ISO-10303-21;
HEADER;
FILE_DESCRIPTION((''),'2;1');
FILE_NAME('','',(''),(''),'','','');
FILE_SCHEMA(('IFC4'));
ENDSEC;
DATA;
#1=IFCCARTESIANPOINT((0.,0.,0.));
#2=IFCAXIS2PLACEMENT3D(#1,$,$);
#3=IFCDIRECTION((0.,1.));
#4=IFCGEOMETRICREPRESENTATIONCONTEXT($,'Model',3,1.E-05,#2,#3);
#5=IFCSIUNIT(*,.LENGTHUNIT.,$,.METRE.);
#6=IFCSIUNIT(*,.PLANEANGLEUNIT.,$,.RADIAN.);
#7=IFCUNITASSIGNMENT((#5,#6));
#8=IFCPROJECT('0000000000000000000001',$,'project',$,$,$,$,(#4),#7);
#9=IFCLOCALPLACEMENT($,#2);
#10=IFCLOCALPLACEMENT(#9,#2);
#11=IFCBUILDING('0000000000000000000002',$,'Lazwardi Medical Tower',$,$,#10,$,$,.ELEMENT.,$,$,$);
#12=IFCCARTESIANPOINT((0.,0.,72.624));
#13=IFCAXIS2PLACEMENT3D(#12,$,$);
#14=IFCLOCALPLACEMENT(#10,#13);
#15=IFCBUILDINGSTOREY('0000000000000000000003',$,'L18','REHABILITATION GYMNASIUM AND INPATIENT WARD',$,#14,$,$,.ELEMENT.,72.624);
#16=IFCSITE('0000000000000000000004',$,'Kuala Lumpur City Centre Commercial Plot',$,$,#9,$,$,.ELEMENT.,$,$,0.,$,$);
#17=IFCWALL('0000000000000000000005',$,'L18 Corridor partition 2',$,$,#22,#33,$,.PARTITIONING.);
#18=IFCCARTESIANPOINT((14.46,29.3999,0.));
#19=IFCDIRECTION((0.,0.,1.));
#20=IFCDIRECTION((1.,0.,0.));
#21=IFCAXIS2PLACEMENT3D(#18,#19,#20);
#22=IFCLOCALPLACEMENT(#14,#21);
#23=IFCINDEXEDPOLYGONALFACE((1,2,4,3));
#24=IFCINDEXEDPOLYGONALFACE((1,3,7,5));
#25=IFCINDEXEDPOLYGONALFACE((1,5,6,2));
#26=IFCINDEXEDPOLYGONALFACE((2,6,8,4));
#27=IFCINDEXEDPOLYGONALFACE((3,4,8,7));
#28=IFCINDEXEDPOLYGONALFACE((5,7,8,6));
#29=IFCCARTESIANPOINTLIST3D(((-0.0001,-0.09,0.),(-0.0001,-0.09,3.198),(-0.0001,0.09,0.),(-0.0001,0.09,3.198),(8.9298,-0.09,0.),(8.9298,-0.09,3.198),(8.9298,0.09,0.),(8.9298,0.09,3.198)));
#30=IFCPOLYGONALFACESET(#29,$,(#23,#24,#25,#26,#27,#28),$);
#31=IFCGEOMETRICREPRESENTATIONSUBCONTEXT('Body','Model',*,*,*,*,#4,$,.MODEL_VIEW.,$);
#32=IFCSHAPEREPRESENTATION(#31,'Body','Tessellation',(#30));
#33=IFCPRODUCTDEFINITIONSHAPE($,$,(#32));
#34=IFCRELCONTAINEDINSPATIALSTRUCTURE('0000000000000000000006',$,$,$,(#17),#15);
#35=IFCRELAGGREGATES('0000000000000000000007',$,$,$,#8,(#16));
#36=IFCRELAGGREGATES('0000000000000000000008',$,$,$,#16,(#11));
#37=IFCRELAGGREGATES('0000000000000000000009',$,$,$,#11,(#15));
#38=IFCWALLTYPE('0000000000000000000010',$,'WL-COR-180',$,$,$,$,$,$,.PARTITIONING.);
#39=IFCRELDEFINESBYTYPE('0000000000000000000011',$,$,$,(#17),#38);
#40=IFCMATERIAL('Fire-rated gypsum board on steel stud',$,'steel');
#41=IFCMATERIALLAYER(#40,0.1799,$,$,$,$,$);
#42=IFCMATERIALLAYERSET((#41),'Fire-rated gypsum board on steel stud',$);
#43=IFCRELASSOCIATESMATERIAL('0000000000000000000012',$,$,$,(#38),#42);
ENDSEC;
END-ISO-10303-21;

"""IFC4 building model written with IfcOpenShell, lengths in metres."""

from ifc_helpers import new_model, si_unit, direction, frame, frame_2d, origin, place, context, subcontext, project, spatial, rectangle, extrude, material, layer, layer_set, type_object, element, save


model = new_model("IFC4")

# Units and contexts
model_context = context("Model", 3, precision=1e-05, world=origin(), true_north=direction((0.0, 1.0)))
body_context = subcontext(model_context, "Body", "Model", "MODEL_VIEW")
ifc_project = project(units=[si_unit("LENGTHUNIT", "METRE"), si_unit("PLANEANGLEUNIT", "RADIAN")], contexts=[model_context])

# Site, building, storey
site_placement = place(None, origin())
site = spatial("IfcSite", under=ifc_project, at=site_placement, Name="Kuala Lumpur City Centre Commercial Plot", CompositionType="ELEMENT", RefElevation=0.0)
building_placement = place(site_placement, origin())
building = spatial("IfcBuilding", under=site, at=building_placement, Name="Lazwardi Medical Tower", CompositionType="ELEMENT")
storey_placement = place(building_placement, frame((0.0, 0.0, 72.624)))
storey = spatial("IfcBuildingStorey", under=building, at=storey_placement, Name="L18", Description="REHABILITATION GYMNASIUM AND INPATIENT WARD", CompositionType="ELEMENT", Elevation=72.624)

# Wall
ifc_material_1 = material(Name="Fire-rated gypsum board on steel stud", Category="steel")
ifc_layer_1 = layer(ifc_material_1, 0.1799)
ifc_layer_set_1 = layer_set([ifc_layer_1], Name="Fire-rated gypsum board on steel stud")
wall_type_1 = type_object("IfcWallType", Name="WL-COR-180", PredefinedType="PARTITIONING", material=ifc_layer_set_1)
wall_1_placement = place(storey_placement, frame((14.46, 29.3999, 0.0), z_axis=(0.0, 0.0, 1.0), x_axis=(1.0, 0.0, 0.0)))
element("IfcWall", 1, at=wall_1_placement, inside=storey, type_object=wall_type_1, Name="L18 Corridor partition 2", PredefinedType="PARTITIONING", context=body_context, shape_type="SweptSolid", body=[
    extrude(rectangle(XDim=8.9299, YDim=0.1799, at=frame_2d((4.4648, 0.0))), origin(), (0.0, 0.0, 1.0), 3.198),
])

save(model, "model.ifc")
